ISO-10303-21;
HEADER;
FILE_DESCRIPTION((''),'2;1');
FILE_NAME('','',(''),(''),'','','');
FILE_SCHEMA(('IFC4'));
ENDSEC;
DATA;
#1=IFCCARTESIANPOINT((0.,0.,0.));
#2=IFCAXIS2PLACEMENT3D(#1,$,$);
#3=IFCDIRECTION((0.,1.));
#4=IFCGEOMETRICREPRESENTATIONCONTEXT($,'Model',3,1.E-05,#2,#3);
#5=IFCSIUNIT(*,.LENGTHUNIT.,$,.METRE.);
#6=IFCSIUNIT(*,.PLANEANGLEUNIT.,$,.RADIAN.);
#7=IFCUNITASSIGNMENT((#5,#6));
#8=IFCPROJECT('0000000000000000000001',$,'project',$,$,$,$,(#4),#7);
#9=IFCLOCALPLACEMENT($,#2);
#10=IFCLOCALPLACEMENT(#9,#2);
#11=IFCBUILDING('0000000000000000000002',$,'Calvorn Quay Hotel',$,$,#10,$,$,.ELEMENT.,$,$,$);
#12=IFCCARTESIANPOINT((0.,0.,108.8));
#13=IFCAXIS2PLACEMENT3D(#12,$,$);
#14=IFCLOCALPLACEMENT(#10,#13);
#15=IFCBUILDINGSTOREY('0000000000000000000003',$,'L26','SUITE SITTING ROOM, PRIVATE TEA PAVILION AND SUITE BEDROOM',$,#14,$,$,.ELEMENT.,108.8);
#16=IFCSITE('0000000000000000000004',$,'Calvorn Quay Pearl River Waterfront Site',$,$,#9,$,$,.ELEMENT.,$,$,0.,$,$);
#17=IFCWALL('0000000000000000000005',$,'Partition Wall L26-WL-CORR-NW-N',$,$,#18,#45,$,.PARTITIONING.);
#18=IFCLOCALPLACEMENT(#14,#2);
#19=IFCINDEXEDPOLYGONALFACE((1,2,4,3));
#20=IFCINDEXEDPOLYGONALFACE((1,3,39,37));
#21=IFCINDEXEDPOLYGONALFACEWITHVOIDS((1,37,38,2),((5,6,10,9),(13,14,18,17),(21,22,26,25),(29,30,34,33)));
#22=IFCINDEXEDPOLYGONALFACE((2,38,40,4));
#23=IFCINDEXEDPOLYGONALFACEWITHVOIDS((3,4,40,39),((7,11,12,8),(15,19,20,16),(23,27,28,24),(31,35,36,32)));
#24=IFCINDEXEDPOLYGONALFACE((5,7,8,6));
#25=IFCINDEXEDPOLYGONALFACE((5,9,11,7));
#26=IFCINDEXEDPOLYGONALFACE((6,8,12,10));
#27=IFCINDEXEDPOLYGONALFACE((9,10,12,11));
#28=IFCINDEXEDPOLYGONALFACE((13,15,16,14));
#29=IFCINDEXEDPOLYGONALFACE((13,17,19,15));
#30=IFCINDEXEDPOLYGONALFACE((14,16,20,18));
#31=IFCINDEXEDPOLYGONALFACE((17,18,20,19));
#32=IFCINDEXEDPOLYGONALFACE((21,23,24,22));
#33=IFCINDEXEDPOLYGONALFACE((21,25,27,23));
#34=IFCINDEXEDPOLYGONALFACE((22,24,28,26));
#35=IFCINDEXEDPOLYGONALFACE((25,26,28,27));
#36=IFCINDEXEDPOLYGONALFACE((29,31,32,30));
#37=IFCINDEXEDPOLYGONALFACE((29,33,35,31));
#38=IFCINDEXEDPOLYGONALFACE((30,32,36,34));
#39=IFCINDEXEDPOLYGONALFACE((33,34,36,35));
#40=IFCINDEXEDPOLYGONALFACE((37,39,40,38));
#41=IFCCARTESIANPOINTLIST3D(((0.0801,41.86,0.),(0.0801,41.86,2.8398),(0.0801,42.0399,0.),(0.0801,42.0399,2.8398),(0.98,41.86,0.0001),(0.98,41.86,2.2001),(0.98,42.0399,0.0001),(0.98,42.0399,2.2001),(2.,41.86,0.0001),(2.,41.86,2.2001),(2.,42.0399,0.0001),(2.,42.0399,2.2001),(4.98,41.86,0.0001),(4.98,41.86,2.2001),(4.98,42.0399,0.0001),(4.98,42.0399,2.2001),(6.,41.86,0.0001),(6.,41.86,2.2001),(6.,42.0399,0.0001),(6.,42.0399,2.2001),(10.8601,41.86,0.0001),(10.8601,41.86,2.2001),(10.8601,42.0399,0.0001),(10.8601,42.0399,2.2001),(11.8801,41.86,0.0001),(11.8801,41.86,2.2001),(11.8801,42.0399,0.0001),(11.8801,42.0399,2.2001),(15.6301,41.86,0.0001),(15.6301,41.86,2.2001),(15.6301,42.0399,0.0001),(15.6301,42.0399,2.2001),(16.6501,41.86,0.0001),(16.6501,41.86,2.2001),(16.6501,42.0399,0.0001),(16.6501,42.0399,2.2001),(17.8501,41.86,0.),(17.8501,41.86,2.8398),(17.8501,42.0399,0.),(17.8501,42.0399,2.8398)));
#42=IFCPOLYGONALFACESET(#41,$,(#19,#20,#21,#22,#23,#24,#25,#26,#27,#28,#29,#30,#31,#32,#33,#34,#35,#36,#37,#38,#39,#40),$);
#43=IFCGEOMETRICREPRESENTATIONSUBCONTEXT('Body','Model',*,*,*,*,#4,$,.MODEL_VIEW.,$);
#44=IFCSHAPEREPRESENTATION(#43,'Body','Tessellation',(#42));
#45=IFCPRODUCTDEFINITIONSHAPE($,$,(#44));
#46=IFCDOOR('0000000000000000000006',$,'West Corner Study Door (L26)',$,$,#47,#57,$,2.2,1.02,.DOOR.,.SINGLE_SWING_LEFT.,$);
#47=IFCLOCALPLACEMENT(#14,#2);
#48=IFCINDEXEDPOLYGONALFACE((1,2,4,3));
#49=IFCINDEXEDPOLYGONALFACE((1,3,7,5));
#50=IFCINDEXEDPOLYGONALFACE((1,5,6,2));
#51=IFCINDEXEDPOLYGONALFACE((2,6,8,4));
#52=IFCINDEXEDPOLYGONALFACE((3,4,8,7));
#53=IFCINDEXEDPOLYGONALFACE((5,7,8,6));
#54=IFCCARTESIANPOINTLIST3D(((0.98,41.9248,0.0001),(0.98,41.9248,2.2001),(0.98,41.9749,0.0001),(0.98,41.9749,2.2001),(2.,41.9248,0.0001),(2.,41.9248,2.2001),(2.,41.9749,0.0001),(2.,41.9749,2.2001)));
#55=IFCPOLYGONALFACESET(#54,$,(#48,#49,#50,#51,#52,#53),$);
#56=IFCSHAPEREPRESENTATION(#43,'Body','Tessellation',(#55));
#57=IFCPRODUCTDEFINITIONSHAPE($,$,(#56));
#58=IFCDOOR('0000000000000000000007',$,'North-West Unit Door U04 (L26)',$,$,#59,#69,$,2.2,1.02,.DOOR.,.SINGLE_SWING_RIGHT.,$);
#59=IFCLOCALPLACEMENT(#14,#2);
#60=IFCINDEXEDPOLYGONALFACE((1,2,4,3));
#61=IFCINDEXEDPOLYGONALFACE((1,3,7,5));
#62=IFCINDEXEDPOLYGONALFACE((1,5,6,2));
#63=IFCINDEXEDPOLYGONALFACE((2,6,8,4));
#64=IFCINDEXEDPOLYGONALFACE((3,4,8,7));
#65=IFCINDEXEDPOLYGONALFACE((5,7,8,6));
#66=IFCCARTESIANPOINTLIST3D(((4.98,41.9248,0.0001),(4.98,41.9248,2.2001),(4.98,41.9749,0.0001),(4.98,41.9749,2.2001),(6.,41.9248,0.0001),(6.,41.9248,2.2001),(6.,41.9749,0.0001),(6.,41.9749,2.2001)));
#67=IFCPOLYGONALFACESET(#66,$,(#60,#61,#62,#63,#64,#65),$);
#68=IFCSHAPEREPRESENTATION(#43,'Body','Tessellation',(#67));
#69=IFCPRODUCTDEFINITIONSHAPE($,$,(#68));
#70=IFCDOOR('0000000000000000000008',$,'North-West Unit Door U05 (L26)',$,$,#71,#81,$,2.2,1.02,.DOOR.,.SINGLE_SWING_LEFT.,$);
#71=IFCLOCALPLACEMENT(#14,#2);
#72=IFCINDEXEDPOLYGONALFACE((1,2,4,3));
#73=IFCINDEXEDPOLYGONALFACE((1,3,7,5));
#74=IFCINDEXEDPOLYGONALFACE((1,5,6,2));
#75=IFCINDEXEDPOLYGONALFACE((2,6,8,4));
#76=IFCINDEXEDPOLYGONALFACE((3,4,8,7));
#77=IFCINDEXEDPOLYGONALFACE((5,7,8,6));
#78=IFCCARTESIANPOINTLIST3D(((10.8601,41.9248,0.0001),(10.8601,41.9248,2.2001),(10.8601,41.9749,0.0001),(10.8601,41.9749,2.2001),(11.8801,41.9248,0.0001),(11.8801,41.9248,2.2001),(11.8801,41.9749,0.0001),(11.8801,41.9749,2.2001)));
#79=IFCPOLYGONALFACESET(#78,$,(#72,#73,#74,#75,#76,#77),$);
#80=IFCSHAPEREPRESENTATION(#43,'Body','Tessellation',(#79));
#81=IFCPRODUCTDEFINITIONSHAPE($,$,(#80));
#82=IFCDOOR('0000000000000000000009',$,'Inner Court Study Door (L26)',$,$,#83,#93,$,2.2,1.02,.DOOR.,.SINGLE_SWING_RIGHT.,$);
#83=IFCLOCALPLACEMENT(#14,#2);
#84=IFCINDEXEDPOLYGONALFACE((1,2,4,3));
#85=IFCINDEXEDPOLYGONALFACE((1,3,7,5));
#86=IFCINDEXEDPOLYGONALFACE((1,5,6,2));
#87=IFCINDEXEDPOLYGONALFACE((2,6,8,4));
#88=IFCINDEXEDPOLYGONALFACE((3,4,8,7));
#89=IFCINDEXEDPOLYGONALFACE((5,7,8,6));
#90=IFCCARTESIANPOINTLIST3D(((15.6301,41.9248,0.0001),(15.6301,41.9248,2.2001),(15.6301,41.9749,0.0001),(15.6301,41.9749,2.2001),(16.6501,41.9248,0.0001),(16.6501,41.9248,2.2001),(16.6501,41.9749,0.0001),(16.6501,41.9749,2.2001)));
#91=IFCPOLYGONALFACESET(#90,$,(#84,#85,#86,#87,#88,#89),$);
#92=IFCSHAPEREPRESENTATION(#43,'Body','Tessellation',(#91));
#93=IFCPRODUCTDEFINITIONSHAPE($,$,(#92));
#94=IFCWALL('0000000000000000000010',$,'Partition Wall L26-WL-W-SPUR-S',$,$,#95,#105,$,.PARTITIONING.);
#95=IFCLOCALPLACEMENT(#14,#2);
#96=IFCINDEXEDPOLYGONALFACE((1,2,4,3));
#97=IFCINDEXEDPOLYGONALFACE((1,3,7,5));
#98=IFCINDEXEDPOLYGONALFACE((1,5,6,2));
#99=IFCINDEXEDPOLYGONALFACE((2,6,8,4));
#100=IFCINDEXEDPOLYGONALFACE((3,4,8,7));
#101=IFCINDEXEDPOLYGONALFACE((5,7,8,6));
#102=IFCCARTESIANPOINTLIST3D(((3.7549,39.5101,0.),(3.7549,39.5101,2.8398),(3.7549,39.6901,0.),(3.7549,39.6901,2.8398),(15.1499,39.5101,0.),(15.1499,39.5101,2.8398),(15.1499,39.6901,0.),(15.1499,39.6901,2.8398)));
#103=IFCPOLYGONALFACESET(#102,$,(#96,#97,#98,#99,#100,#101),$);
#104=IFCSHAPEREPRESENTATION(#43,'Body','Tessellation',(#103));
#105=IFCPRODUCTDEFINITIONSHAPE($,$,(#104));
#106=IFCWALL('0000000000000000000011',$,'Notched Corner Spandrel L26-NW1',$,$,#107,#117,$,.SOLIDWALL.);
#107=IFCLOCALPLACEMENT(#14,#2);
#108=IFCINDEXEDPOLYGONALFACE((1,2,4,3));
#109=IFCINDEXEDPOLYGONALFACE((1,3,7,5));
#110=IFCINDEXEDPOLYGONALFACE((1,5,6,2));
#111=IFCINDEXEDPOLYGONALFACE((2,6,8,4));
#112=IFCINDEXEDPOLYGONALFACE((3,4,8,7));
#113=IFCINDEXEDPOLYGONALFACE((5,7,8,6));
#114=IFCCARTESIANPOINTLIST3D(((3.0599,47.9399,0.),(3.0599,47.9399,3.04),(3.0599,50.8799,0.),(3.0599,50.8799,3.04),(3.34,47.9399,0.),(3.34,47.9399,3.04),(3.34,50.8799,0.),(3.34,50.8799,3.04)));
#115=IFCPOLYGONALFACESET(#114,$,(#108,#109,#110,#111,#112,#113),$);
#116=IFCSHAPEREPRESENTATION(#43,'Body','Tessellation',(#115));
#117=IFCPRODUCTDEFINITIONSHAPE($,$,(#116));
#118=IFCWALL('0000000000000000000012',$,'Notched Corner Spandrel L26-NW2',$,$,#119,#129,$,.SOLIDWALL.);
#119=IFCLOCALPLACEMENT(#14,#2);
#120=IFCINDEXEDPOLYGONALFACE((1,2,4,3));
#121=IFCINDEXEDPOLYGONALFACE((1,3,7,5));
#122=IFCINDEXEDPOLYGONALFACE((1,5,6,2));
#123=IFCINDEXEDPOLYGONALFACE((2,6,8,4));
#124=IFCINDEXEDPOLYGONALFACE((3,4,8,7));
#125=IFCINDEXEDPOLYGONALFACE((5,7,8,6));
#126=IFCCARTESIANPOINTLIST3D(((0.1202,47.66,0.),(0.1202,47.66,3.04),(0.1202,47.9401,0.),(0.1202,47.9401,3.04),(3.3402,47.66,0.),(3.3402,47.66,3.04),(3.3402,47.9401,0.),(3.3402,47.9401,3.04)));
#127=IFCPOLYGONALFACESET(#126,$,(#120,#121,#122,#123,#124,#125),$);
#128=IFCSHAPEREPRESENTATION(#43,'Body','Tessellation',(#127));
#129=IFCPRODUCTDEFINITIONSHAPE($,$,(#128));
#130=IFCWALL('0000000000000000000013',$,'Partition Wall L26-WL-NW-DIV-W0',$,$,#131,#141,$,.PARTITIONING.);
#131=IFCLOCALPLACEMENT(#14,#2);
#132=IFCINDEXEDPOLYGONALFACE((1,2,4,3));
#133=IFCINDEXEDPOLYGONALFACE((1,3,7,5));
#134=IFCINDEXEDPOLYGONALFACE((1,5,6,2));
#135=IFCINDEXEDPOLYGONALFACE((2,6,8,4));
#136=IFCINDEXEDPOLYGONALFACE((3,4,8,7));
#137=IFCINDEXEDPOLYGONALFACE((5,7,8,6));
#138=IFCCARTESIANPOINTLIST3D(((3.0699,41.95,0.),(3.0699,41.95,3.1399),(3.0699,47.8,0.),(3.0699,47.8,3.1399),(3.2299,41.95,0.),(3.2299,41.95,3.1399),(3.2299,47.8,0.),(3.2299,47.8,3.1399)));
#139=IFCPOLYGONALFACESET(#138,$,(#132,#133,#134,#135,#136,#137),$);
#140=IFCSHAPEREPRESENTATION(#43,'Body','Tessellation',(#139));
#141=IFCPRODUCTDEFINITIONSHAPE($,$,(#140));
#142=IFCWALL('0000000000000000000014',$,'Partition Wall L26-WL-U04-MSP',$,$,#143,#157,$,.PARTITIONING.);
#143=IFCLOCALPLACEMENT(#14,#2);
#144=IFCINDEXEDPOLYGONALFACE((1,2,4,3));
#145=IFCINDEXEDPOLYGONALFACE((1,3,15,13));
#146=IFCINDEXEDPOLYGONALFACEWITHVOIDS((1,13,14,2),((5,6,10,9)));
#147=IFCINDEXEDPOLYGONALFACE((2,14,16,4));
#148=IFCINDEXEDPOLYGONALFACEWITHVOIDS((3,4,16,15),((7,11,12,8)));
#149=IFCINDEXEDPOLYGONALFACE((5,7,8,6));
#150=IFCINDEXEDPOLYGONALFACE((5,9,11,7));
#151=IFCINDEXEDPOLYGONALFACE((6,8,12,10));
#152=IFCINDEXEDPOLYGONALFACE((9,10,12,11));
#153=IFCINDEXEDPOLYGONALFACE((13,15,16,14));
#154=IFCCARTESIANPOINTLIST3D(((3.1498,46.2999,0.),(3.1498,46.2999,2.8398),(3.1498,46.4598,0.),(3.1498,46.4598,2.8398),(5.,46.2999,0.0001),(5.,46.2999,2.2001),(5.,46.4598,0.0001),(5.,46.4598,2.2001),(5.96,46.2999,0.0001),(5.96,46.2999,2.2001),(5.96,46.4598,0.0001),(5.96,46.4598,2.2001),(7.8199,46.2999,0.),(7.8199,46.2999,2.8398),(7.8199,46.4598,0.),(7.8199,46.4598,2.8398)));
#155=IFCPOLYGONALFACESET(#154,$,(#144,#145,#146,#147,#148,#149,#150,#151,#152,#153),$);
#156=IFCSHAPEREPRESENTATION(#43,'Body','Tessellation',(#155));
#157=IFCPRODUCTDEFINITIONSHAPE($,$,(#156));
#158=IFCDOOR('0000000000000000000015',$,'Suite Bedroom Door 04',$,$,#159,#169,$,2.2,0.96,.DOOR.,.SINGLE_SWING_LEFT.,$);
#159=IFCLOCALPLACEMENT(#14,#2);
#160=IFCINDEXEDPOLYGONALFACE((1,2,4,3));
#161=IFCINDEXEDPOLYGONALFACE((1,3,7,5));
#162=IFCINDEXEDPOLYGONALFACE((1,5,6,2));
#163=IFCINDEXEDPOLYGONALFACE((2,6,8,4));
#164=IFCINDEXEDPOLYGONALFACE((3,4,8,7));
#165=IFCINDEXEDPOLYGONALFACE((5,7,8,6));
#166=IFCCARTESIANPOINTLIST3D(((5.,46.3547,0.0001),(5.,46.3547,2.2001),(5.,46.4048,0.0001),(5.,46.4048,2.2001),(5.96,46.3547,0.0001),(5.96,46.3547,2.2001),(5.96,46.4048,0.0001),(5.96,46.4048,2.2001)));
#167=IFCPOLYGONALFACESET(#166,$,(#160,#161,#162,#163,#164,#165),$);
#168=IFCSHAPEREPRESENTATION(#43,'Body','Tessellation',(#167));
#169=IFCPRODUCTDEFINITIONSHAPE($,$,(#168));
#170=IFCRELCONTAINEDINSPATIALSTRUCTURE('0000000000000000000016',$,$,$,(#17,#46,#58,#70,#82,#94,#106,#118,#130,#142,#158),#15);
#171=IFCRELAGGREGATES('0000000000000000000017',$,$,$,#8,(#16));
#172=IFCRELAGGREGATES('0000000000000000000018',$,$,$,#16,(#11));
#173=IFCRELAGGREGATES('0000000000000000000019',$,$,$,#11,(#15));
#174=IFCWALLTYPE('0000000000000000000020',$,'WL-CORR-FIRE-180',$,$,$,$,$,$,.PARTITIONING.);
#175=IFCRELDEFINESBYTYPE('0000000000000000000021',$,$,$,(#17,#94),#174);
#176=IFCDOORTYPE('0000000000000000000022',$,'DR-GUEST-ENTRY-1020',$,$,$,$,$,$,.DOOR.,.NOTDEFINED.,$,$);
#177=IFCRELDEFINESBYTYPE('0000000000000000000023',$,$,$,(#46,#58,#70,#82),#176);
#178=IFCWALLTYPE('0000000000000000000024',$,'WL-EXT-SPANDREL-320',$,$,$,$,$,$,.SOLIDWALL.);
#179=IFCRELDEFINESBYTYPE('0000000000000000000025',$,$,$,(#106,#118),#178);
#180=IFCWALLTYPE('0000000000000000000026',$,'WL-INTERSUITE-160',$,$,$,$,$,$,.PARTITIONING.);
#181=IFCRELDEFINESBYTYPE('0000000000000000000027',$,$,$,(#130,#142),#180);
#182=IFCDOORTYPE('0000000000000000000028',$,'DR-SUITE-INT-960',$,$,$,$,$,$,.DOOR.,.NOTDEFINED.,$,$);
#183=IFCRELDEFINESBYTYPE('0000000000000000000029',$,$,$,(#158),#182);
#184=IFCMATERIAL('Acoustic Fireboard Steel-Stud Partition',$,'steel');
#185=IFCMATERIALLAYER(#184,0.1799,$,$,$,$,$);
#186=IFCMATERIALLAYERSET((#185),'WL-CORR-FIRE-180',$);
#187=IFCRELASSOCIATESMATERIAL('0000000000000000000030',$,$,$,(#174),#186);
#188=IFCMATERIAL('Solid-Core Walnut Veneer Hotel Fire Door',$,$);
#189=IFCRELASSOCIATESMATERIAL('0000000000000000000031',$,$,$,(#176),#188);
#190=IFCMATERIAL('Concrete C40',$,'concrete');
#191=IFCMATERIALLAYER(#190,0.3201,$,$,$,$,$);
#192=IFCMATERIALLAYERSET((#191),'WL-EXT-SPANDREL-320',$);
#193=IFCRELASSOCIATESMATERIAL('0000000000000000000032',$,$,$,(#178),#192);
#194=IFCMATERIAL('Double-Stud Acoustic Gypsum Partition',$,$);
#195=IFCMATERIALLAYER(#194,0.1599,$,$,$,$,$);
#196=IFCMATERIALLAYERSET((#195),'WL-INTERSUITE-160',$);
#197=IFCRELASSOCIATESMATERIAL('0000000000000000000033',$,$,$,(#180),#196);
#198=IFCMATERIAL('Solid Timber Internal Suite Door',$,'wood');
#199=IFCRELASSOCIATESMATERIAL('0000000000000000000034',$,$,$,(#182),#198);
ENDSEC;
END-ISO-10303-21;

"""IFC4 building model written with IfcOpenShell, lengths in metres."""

from ifc_helpers import new_model, si_unit, direction, frame, frame_2d, origin, place, context, subcontext, project, spatial, rectangle, extrude, material, layer, layer_set, type_object, element, fill, save


model = new_model("IFC4")

# Units and contexts
model_context = context("Model", 3, precision=1e-05, world=origin(), true_north=direction((0.0, 1.0)))
body_context = subcontext(model_context, "Body", "Model", "MODEL_VIEW")
ifc_project = project(units=[si_unit("LENGTHUNIT", "METRE"), si_unit("PLANEANGLEUNIT", "RADIAN")], contexts=[model_context])

# Site, building, storey
site_placement = place(None, origin())
site = spatial("IfcSite", under=ifc_project, at=site_placement, Name="Calvorn Quay Pearl River Waterfront Site", CompositionType="ELEMENT", RefElevation=0.0)
building_placement = place(site_placement, origin())
building = spatial("IfcBuilding", under=site, at=building_placement, Name="Calvorn Quay Hotel", CompositionType="ELEMENT")
storey_placement = place(building_placement, frame((0.0, 0.0, 108.8)))
storey = spatial("IfcBuildingStorey", under=building, at=storey_placement, Name="L26", Description="SUITE SITTING ROOM, PRIVATE TEA PAVILION AND SUITE BEDROOM", CompositionType="ELEMENT", Elevation=108.8)

# Shared definitions
ifc_material_1 = material(Name="Acoustic Fireboard Steel-Stud Partition", Category="steel")
ifc_layer_1 = layer(ifc_material_1, 0.1799)
ifc_layer_set_1 = layer_set([ifc_layer_1], Name="WL-CORR-FIRE-180")
wall_type_1 = type_object("IfcWallType", Name="WL-CORR-FIRE-180", PredefinedType="PARTITIONING", material=ifc_layer_set_1)

# Wall, openings, doors
wall_1_placement = place(storey_placement, frame((0.0801, 41.95, 0.0), z_axis=(0.0, 0.0, 1.0), x_axis=(1.0, 0.0, 0.0)))
wall_1 = element("IfcWall", 1, at=wall_1_placement, inside=storey, type_object=wall_type_1, Name="Partition Wall L26-WL-CORR-NW-N", PredefinedType="PARTITIONING", context=body_context, shape_type="SweptSolid", body=[
    extrude(rectangle(XDim=17.77, YDim=0.1799, at=frame_2d((8.885, 0.0))), origin(), (0.0, 0.0, 1.0), 2.8398),
])
opening_1_placement = place(wall_1_placement, frame((0.8999, 0.0, 0.0)))
opening_1 = element("IfcOpeningElement", 2, at=opening_1_placement, cuts=wall_1, PredefinedType="OPENING", context=body_context, shape_type="SweptSolid", body=[
    extrude(rectangle(XDim=1.02, YDim=2.2, at=frame_2d((0.51, 1.1001))), frame((0.0, 0.0999, 0.0), z_axis=(0.0, -1.0, 0.0), x_axis=(1.0, 0.0, 0.0)), (0.0, 0.0, 1.0), 0.2),
])
opening_2_placement = place(wall_1_placement, frame((4.8999, 0.0, 0.0)))
opening_2 = element("IfcOpeningElement", 3, at=opening_2_placement, cuts=wall_1, PredefinedType="OPENING", context=body_context, shape_type="SweptSolid", body=[
    extrude(rectangle(XDim=1.02, YDim=2.2, at=frame_2d((0.51, 1.1001))), frame((0.0, 0.0999, 0.0), z_axis=(0.0, -1.0, 0.0), x_axis=(1.0, 0.0, 0.0)), (0.0, 0.0, 1.0), 0.2),
])
opening_3_placement = place(wall_1_placement, frame((10.78, 0.0, 0.0)))
opening_3 = element("IfcOpeningElement", 4, at=opening_3_placement, cuts=wall_1, PredefinedType="OPENING", context=body_context, shape_type="SweptSolid", body=[
    extrude(rectangle(XDim=1.02, YDim=2.2, at=frame_2d((0.51, 1.1001))), frame((0.0, 0.0999, 0.0), z_axis=(0.0, -1.0, 0.0), x_axis=(1.0, 0.0, 0.0)), (0.0, 0.0, 1.0), 0.2),
])
opening_4_placement = place(wall_1_placement, frame((15.55, 0.0, 0.0)))
opening_4 = element("IfcOpeningElement", 5, at=opening_4_placement, cuts=wall_1, PredefinedType="OPENING", context=body_context, shape_type="SweptSolid", body=[
    extrude(rectangle(XDim=1.02, YDim=2.2, at=frame_2d((0.51, 1.1001))), frame((0.0, 0.0999, 0.0), z_axis=(0.0, -1.0, 0.0), x_axis=(1.0, 0.0, 0.0)), (0.0, 0.0, 1.0), 0.2),
])
ifc_material_2 = material(Name="Solid-Core Walnut Veneer Hotel Fire Door")
door_type_1 = type_object("IfcDoorType", Name="DR-GUEST-ENTRY-1020", OperationType="NOTDEFINED", PredefinedType="DOOR", material=ifc_material_2)
door_1_placement = place(opening_1_placement, origin())
door_1 = element("IfcDoor", 6, at=door_1_placement, inside=storey, type_object=door_type_1, Name="West Corner Study Door (L26)", OperationType="SINGLE_SWING_LEFT", OverallHeight=2.2, OverallWidth=1.02, PredefinedType="DOOR", context=body_context, shape_type="SweptSolid", body=[
    extrude(rectangle(XDim=1.02, YDim=2.2, at=frame_2d((0.51, 1.1001))), frame((0.0, 0.0249, 0.0), z_axis=(0.0, -1.0, 0.0), x_axis=(1.0, 0.0, 0.0)), (0.0, 0.0, 1.0), 0.05),
])
fill(opening_1, door_1)
door_2_placement = place(opening_2_placement, origin())
door_2 = element("IfcDoor", 7, at=door_2_placement, inside=storey, type_object=door_type_1, Name="North-West Unit Door U04 (L26)", OperationType="SINGLE_SWING_RIGHT", OverallHeight=2.2, OverallWidth=1.02, PredefinedType="DOOR", context=body_context, shape_type="SweptSolid", body=[
    extrude(rectangle(XDim=1.02, YDim=2.2, at=frame_2d((0.51, 1.1001))), frame((0.0, 0.0249, 0.0), z_axis=(0.0, -1.0, 0.0), x_axis=(1.0, 0.0, 0.0)), (0.0, 0.0, 1.0), 0.05),
])
fill(opening_2, door_2)
door_3_placement = place(opening_3_placement, origin())
door_3 = element("IfcDoor", 8, at=door_3_placement, inside=storey, type_object=door_type_1, Name="North-West Unit Door U05 (L26)", OperationType="SINGLE_SWING_LEFT", OverallHeight=2.2, OverallWidth=1.02, PredefinedType="DOOR", context=body_context, shape_type="SweptSolid", body=[
    extrude(rectangle(XDim=1.02, YDim=2.2, at=frame_2d((0.51, 1.1001))), frame((0.0, 0.0249, 0.0), z_axis=(0.0, -1.0, 0.0), x_axis=(1.0, 0.0, 0.0)), (0.0, 0.0, 1.0), 0.05),
])
fill(opening_3, door_3)
door_4_placement = place(opening_4_placement, origin())
door_4 = element("IfcDoor", 9, at=door_4_placement, inside=storey, type_object=door_type_1, Name="Inner Court Study Door (L26)", OperationType="SINGLE_SWING_RIGHT", OverallHeight=2.2, OverallWidth=1.02, PredefinedType="DOOR", context=body_context, shape_type="SweptSolid", body=[
    extrude(rectangle(XDim=1.02, YDim=2.2, at=frame_2d((0.51, 1.1001))), frame((0.0, 0.0249, 0.0), z_axis=(0.0, -1.0, 0.0), x_axis=(1.0, 0.0, 0.0)), (0.0, 0.0, 1.0), 0.05),
])
fill(opening_4, door_4)

# Walls
wall_2_placement = place(storey_placement, frame((3.7549, 39.6001, 0.0), z_axis=(0.0, 0.0, 1.0), x_axis=(1.0, 0.0, 0.0)))
element("IfcWall", 10, at=wall_2_placement, inside=storey, type_object=wall_type_1, Name="Partition Wall L26-WL-W-SPUR-S", PredefinedType="PARTITIONING", context=body_context, shape_type="SweptSolid", body=[
    extrude(rectangle(XDim=11.395, YDim=0.1799, at=frame_2d((5.6975, 0.0))), origin(), (0.0, 0.0, 1.0), 2.8398),
])
ifc_material_3 = material(Name="Concrete C40", Category="concrete")
ifc_layer_2 = layer(ifc_material_3, 0.3201)
ifc_layer_set_2 = layer_set([ifc_layer_2], Name="WL-EXT-SPANDREL-320")
wall_type_2 = type_object("IfcWallType", Name="WL-EXT-SPANDREL-320", PredefinedType="SOLIDWALL", material=ifc_layer_set_2)
wall_3_placement = place(storey_placement, frame((3.2, 50.8799, 0.0), z_axis=(0.0, 0.0, 1.0), x_axis=(0.0, -1.0, 0.0)))
element("IfcWall", 11, at=wall_3_placement, inside=storey, type_object=wall_type_2, Name="Notched Corner Spandrel L26-NW1", PredefinedType="SOLIDWALL", context=body_context, shape_type="SweptSolid", body=[
    extrude(rectangle(XDim=2.9399, YDim=0.28, at=frame_2d((1.47, 0.0))), origin(), (0.0, 0.0, 1.0), 3.04),
])
wall_4_placement = place(storey_placement, frame((3.3401, 47.8, 0.0), z_axis=(0.0, 0.0, 1.0), x_axis=(-1.0, 0.0, 0.0)))
element("IfcWall", 12, at=wall_4_placement, inside=storey, type_object=wall_type_2, Name="Notched Corner Spandrel L26-NW2", PredefinedType="SOLIDWALL", context=body_context, shape_type="SweptSolid", body=[
    extrude(rectangle(XDim=3.22, YDim=0.28, at=frame_2d((1.6099, 0.0))), origin(), (0.0, 0.0, 1.0), 3.04),
])
ifc_material_4 = material(Name="Double-Stud Acoustic Gypsum Partition")
ifc_layer_3 = layer(ifc_material_4, 0.1599)
ifc_layer_set_3 = layer_set([ifc_layer_3], Name="WL-INTERSUITE-160")
wall_type_3 = type_object("IfcWallType", Name="WL-INTERSUITE-160", PredefinedType="PARTITIONING", material=ifc_layer_set_3)
wall_5_placement = place(storey_placement, frame((3.1499, 41.95, 0.0), z_axis=(0.0, 0.0, 1.0), x_axis=(0.0, 1.0, 0.0)))
element("IfcWall", 13, at=wall_5_placement, inside=storey, type_object=wall_type_3, Name="Partition Wall L26-WL-NW-DIV-W0", PredefinedType="PARTITIONING", context=body_context, shape_type="SweptSolid", body=[
    extrude(rectangle(XDim=5.8501, YDim=0.1599, at=frame_2d((2.925, 0.0))), origin(), (0.0, 0.0, 1.0), 3.1399),
])

# Wall, opening, door
wall_6_placement = place(storey_placement, frame((3.1499, 46.3799, 0.0), z_axis=(0.0, 0.0, 1.0), x_axis=(1.0, 0.0, 0.0)))
wall_6 = element("IfcWall", 14, at=wall_6_placement, inside=storey, type_object=wall_type_3, Name="Partition Wall L26-WL-U04-MSP", PredefinedType="PARTITIONING", context=body_context, shape_type="SweptSolid", body=[
    extrude(rectangle(XDim=4.6702, YDim=0.1599, at=frame_2d((2.335, 0.0))), origin(), (0.0, 0.0, 1.0), 2.8398),
])
opening_5_placement = place(wall_6_placement, frame((1.8501, 0.0, 0.0)))
opening_5 = element("IfcOpeningElement", 15, at=opening_5_placement, cuts=wall_6, PredefinedType="OPENING", context=body_context, shape_type="SweptSolid", body=[
    extrude(rectangle(XDim=0.96, YDim=2.2, at=frame_2d((0.48, 1.1001))), frame((0.0, 0.0898, 0.0), z_axis=(0.0, -1.0, 0.0), x_axis=(1.0, 0.0, 0.0)), (0.0, 0.0, 1.0), 0.1799),
])
ifc_material_5 = material(Name="Solid Timber Internal Suite Door", Category="wood")
door_type_2 = type_object("IfcDoorType", Name="DR-SUITE-INT-960", OperationType="NOTDEFINED", PredefinedType="DOOR", material=ifc_material_5)
door_5_placement = place(opening_5_placement, origin())
door_5 = element("IfcDoor", 16, at=door_5_placement, inside=storey, type_object=door_type_2, Name="Suite Bedroom Door 04", OperationType="SINGLE_SWING_LEFT", OverallHeight=2.2, OverallWidth=0.96, PredefinedType="DOOR", context=body_context, shape_type="SweptSolid", body=[
    extrude(rectangle(XDim=0.96, YDim=2.2, at=frame_2d((0.48, 1.1001))), frame((0.0, 0.0249, 0.0), z_axis=(0.0, -1.0, 0.0), x_axis=(1.0, 0.0, 0.0)), (0.0, 0.0, 1.0), 0.05),
])
fill(opening_5, door_5)

save(model, "model.ifc")
